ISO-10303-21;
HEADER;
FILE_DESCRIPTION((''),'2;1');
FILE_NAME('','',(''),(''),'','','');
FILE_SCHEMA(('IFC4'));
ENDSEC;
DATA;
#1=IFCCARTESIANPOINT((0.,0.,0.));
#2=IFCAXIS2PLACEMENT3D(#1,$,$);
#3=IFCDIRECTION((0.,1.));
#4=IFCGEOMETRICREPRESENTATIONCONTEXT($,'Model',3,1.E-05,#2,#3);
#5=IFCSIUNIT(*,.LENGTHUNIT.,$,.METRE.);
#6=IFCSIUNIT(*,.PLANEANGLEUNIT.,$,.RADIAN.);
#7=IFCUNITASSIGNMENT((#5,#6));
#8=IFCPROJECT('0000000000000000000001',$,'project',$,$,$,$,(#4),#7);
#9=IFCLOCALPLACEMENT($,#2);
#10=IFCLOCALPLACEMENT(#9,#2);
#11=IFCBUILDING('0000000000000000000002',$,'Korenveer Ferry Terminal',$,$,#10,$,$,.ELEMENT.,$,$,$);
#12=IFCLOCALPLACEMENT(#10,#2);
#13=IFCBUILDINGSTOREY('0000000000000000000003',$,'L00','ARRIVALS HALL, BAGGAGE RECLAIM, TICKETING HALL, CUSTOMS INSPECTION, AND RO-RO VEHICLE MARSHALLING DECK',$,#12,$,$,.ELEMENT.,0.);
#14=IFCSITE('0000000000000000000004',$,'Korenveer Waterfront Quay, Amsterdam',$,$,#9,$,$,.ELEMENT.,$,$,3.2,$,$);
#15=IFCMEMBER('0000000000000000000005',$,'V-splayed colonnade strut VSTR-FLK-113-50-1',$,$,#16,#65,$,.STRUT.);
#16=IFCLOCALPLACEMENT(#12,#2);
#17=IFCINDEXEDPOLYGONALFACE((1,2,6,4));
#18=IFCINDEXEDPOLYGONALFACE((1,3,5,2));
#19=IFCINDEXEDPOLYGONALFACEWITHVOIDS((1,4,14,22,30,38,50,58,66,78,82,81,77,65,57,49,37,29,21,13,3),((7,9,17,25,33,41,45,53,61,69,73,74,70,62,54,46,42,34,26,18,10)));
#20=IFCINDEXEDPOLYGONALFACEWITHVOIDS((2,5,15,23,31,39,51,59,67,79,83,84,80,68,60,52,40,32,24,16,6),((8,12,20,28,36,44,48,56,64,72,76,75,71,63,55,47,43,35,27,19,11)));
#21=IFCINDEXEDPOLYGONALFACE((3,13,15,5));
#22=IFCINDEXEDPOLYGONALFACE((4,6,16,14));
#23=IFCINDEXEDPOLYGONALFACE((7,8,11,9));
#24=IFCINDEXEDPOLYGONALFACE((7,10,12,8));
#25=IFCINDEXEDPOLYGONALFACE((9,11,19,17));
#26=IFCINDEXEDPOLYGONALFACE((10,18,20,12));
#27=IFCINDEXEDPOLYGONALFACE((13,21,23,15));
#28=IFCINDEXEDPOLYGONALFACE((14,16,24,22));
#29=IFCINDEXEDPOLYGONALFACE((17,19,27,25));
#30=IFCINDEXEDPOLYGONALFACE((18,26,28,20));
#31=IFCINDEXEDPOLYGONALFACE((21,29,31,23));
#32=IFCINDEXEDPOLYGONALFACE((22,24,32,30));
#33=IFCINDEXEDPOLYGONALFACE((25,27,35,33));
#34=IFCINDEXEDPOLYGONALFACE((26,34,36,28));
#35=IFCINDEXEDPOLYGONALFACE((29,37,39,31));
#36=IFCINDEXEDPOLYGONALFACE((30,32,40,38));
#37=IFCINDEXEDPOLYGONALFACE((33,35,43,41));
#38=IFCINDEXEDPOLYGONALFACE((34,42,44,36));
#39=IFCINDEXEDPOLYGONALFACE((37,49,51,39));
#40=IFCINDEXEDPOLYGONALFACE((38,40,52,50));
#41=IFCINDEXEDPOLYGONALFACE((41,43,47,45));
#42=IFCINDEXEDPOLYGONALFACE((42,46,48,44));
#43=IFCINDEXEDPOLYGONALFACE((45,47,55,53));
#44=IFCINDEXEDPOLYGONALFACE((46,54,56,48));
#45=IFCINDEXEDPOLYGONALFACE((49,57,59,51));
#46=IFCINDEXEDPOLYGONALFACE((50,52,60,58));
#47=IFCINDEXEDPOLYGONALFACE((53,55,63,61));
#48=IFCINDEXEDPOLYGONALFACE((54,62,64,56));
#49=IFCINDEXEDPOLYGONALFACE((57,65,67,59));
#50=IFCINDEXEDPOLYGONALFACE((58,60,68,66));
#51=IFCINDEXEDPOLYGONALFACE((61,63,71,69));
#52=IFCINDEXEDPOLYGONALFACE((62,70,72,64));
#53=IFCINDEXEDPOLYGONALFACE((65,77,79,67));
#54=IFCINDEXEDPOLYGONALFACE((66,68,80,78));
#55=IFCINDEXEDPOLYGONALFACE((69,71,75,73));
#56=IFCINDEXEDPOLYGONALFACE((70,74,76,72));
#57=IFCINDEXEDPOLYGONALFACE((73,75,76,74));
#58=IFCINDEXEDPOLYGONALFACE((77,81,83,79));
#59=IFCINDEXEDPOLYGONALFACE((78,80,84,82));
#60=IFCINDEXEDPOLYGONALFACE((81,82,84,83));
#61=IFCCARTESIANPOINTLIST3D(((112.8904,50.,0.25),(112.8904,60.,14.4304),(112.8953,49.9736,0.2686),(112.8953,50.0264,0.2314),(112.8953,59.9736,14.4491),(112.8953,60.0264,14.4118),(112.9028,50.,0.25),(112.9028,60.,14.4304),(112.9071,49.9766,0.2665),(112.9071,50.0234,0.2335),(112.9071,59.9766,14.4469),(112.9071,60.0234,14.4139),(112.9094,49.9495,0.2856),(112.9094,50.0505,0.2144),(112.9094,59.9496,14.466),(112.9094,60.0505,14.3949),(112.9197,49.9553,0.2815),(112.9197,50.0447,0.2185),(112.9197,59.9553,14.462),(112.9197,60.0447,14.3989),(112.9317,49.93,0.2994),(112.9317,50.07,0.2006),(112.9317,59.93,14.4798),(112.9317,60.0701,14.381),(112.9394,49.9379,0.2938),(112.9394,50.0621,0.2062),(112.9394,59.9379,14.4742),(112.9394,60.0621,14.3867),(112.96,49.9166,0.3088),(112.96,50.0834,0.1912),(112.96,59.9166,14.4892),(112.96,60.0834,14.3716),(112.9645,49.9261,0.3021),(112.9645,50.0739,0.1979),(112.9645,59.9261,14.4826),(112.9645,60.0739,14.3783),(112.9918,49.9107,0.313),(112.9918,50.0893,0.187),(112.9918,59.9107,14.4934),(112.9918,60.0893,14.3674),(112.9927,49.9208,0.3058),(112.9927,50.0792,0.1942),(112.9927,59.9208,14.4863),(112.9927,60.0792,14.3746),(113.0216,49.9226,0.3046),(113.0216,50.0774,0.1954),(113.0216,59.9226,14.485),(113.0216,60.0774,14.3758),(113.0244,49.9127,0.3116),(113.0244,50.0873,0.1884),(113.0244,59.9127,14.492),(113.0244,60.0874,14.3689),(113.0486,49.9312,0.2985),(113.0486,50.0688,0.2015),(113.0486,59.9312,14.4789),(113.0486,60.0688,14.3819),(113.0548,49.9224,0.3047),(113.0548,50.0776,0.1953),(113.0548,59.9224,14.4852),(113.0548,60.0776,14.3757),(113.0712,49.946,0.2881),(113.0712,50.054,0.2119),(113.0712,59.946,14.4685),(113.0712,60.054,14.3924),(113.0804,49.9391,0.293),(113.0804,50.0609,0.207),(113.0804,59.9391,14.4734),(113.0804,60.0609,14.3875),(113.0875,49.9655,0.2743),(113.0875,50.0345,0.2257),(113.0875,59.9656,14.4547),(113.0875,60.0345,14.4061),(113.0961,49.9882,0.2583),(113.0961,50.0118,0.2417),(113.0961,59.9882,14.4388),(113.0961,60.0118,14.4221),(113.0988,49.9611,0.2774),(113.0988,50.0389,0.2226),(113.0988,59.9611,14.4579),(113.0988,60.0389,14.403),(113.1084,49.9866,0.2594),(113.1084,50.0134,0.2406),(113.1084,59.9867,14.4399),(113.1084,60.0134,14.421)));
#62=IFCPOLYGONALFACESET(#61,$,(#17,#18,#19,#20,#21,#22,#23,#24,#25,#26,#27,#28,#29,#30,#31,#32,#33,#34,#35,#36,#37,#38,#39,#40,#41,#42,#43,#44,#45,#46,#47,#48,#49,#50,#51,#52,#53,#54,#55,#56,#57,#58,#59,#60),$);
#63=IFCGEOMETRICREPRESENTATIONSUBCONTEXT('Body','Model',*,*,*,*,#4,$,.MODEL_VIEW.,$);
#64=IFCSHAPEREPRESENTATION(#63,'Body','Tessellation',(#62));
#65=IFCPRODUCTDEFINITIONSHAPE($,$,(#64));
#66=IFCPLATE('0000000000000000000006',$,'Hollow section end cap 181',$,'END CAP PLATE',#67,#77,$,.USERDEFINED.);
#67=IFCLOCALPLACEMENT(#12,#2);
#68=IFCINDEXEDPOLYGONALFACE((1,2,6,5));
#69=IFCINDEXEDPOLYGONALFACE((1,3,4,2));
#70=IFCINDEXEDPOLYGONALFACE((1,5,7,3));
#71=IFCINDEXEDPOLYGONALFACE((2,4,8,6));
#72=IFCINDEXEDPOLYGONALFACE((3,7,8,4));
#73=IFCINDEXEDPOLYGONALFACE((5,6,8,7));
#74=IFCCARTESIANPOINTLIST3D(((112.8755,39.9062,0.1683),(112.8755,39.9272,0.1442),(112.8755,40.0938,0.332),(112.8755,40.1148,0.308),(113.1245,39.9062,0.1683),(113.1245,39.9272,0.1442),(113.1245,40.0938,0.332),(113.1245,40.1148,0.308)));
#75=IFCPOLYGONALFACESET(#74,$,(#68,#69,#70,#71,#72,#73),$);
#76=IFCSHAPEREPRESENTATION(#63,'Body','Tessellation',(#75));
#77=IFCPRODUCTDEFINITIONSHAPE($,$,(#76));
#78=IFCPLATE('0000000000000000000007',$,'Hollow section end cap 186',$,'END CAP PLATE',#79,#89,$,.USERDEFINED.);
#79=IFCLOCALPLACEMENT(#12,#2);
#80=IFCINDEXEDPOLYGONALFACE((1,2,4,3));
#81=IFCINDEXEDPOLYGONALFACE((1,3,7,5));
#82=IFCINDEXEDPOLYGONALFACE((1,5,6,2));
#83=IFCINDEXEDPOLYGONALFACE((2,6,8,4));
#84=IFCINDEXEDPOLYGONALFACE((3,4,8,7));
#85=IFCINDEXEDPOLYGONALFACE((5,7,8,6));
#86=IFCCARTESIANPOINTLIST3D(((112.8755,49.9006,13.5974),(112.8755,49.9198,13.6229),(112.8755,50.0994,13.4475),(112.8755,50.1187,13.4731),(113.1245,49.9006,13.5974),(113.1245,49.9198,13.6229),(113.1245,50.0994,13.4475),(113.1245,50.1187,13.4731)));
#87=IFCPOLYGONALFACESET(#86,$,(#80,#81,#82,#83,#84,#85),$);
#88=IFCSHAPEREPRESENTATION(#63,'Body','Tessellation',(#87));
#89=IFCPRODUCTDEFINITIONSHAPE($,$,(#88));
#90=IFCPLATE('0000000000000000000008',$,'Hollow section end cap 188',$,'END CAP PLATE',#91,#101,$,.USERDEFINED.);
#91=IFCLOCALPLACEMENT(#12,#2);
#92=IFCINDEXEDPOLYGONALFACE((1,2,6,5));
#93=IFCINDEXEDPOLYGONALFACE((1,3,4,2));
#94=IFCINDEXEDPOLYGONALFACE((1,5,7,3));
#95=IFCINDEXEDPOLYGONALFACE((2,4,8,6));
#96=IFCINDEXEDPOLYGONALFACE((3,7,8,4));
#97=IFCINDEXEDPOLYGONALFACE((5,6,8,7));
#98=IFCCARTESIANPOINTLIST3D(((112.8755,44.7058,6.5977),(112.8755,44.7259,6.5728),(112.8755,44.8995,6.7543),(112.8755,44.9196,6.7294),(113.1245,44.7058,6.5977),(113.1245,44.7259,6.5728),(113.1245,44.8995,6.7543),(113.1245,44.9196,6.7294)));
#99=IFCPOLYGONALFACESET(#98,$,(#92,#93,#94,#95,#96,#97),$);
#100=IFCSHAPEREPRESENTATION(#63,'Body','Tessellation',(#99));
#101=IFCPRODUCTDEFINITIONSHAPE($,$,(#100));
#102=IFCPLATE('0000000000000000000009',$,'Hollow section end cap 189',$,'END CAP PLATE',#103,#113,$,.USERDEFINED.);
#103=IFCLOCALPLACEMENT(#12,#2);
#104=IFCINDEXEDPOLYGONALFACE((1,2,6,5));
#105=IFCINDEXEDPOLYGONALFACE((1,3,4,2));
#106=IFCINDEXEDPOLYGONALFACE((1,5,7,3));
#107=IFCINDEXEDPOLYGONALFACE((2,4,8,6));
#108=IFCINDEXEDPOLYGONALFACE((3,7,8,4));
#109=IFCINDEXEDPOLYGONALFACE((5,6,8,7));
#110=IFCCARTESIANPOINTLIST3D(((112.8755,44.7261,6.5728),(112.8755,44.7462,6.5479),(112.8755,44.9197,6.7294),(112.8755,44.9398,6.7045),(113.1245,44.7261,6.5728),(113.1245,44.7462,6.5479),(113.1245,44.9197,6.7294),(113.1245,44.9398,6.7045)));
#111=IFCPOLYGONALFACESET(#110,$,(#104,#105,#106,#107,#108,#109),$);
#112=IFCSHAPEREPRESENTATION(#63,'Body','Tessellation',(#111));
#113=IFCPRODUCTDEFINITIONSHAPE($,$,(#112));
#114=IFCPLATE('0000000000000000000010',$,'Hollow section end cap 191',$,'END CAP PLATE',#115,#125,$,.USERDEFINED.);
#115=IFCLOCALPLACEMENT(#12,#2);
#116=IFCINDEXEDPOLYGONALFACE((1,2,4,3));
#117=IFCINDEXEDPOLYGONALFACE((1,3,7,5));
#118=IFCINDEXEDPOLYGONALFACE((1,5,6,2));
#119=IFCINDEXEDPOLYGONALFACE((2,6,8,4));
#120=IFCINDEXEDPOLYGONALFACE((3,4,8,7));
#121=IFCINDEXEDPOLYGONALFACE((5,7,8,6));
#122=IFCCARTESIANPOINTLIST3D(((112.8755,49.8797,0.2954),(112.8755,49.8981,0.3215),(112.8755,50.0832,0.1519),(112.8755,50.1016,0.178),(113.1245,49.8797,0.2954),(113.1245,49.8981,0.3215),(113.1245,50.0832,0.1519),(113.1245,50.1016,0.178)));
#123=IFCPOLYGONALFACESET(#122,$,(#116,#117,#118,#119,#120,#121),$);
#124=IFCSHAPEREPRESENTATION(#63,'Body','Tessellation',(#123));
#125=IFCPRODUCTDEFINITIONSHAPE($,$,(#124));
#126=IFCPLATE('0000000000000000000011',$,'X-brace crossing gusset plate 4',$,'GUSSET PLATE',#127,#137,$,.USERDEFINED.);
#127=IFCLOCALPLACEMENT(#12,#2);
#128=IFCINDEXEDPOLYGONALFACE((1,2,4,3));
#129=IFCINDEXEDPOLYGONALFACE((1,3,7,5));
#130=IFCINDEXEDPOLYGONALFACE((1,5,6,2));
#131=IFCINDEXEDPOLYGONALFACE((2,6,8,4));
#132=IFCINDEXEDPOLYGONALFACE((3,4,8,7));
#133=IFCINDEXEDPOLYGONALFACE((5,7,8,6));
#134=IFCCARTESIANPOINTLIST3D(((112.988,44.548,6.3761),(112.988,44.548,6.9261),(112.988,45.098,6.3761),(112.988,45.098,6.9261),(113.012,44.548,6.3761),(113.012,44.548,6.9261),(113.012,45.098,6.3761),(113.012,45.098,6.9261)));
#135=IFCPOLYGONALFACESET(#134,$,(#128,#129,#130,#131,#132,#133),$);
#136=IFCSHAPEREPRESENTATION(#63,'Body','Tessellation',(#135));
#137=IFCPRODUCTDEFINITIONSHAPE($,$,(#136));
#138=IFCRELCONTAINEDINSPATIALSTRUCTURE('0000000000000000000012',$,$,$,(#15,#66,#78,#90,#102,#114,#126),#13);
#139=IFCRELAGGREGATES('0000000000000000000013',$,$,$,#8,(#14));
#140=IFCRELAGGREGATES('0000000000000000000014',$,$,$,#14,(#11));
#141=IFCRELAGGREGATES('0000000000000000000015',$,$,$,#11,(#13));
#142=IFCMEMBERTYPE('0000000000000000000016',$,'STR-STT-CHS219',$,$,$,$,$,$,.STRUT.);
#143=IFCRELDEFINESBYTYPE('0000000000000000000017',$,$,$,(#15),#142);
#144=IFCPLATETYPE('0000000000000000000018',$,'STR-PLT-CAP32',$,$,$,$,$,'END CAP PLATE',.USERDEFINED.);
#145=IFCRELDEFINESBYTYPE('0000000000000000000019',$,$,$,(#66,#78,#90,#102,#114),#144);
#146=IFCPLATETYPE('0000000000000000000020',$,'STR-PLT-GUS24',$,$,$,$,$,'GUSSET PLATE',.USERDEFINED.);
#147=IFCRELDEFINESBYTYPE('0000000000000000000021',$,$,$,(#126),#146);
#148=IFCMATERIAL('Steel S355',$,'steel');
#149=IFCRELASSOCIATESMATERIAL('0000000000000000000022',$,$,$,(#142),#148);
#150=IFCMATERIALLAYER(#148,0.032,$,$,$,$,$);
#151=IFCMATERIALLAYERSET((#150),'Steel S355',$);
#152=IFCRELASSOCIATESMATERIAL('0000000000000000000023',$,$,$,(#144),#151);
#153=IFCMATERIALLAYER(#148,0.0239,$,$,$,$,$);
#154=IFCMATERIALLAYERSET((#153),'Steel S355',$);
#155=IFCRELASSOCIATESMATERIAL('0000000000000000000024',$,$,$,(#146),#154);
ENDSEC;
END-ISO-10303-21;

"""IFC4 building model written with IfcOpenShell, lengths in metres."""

from ifc_helpers import new_model, si_unit, direction, frame, origin, origin_2d, place, context, subcontext, project, spatial, rectangle, hollow_circle, extrude, material, layer, layer_set, material_profile, profile_set, type_object, element, save


model = new_model("IFC4")

# Units and contexts
model_context = context("Model", 3, precision=1e-05, world=origin(), true_north=direction((0.0, 1.0)))
body_context = subcontext(model_context, "Body", "Model", "MODEL_VIEW")
ifc_project = project(units=[si_unit("LENGTHUNIT", "METRE"), si_unit("PLANEANGLEUNIT", "RADIAN")], contexts=[model_context])

# Site, building, storey
site_placement = place(None, origin())
site = spatial("IfcSite", under=ifc_project, at=site_placement, Name="Korenveer Waterfront Quay, Amsterdam", CompositionType="ELEMENT", RefElevation=3.2)
building_placement = place(site_placement, origin())
building = spatial("IfcBuilding", under=site, at=building_placement, Name="Korenveer Ferry Terminal", CompositionType="ELEMENT")
storey_placement = place(building_placement, origin())
storey = spatial("IfcBuildingStorey", under=building, at=storey_placement, Name="L00", Description="ARRIVALS HALL, BAGGAGE RECLAIM, TICKETING HALL, CUSTOMS INSPECTION, AND RO-RO VEHICLE MARSHALLING DECK", CompositionType="ELEMENT", Elevation=0.0)

# Shared definitions
ifc_material_1 = material(Name="Steel S355", Category="steel")

# Member
ifc_material_profile_1 = material_profile(ifc_material_1, hollow_circle(Radius=0.1096, WallThickness=0.0125, at=origin_2d()), Name="CHS 219.1x12.5")
ifc_profile_set_1 = profile_set([ifc_material_profile_1], Name="Steel S355")
member_type = type_object("IfcMemberType", Name="STR-STT-CHS219", PredefinedType="STRUT", material=ifc_profile_set_1)
member_1_placement = place(storey_placement, frame((113.0, 50.0, 0.25), z_axis=(0.0, 0.57631, 0.817231), x_axis=(-1.0, 0.0, 0.0)))
element("IfcMember", 1, at=member_1_placement, inside=storey, type_object=member_type, Name="V-splayed colonnade strut VSTR-FLK-113-50-1", PredefinedType="STRUT", context=body_context, shape_type="SweptSolid", body=[
    extrude(hollow_circle(Radius=0.1096, WallThickness=0.0125, at=origin_2d()), origin(), (0.0, 0.0, 1.0), 17.3518),
])

# Plates
ifc_layer_1 = layer(ifc_material_1, 0.032)
ifc_layer_set_1 = layer_set([ifc_layer_1], Name="Steel S355")
plate_type_1 = type_object("IfcPlateType", Name="STR-PLT-CAP32", ElementType="END CAP PLATE", PredefinedType="USERDEFINED", material=ifc_layer_set_1)
for number, where, z_axis, x_axis, name in (
    (2, (113.0, 40.021, 0.2261), (0.0, -0.657599, 0.753368), (1.0, 0.0, 0.0), "Hollow section end cap 181"),
    (3, (113.0, 50.0, 13.5225), (0.0, 0.601761, 0.798676), (-1.0, 0.0, 0.0), "Hollow section end cap 186"),
    (4, (113.0, 44.8228, 6.6511), (0.0, -0.628848, 0.777528), (1.0, 0.0, 0.0), "Hollow section end cap 188"),
    (5, (113.0, 44.843, 6.6262), (0.0, -0.628848, 0.777528), (1.0, 0.0, 0.0), "Hollow section end cap 189"),
    (6, (113.0, 49.9814, 0.2236), (0.0, 0.576313, 0.817229), (-1.0, 0.0, 0.0), "Hollow section end cap 191"),
):
    element("IfcPlate", number, at=place(storey_placement, frame(where, z_axis=z_axis, x_axis=x_axis)), inside=storey, type_object=plate_type_1, Name=name, ObjectType="END CAP PLATE", PredefinedType="USERDEFINED", context=body_context, shape_type="SweptSolid", body=[
        extrude(rectangle(XDim=0.249, YDim=0.249, at=origin_2d()), origin(), (0.0, 0.0, 1.0), 0.032),
    ])
ifc_layer_2 = layer(ifc_material_1, 0.0239)
ifc_layer_set_2 = layer_set([ifc_layer_2], Name="Steel S355")
plate_type_2 = type_object("IfcPlateType", Name="STR-PLT-GUS24", ElementType="GUSSET PLATE", PredefinedType="USERDEFINED", material=ifc_layer_set_2)
plate_placement = place(storey_placement, frame((112.988, 44.823, 6.6511), z_axis=(1.0, 0.0, 0.0), x_axis=(0.0, 1.0, 0.0)))
element("IfcPlate", 7, at=plate_placement, inside=storey, type_object=plate_type_2, Name="X-brace crossing gusset plate 4", ObjectType="GUSSET PLATE", PredefinedType="USERDEFINED", context=body_context, shape_type="SweptSolid", body=[
    extrude(rectangle(XDim=0.55, YDim=0.55, at=origin_2d()), origin(), (0.0, 0.0, 1.0), 0.0239),
])

save(model, "model.ifc")
